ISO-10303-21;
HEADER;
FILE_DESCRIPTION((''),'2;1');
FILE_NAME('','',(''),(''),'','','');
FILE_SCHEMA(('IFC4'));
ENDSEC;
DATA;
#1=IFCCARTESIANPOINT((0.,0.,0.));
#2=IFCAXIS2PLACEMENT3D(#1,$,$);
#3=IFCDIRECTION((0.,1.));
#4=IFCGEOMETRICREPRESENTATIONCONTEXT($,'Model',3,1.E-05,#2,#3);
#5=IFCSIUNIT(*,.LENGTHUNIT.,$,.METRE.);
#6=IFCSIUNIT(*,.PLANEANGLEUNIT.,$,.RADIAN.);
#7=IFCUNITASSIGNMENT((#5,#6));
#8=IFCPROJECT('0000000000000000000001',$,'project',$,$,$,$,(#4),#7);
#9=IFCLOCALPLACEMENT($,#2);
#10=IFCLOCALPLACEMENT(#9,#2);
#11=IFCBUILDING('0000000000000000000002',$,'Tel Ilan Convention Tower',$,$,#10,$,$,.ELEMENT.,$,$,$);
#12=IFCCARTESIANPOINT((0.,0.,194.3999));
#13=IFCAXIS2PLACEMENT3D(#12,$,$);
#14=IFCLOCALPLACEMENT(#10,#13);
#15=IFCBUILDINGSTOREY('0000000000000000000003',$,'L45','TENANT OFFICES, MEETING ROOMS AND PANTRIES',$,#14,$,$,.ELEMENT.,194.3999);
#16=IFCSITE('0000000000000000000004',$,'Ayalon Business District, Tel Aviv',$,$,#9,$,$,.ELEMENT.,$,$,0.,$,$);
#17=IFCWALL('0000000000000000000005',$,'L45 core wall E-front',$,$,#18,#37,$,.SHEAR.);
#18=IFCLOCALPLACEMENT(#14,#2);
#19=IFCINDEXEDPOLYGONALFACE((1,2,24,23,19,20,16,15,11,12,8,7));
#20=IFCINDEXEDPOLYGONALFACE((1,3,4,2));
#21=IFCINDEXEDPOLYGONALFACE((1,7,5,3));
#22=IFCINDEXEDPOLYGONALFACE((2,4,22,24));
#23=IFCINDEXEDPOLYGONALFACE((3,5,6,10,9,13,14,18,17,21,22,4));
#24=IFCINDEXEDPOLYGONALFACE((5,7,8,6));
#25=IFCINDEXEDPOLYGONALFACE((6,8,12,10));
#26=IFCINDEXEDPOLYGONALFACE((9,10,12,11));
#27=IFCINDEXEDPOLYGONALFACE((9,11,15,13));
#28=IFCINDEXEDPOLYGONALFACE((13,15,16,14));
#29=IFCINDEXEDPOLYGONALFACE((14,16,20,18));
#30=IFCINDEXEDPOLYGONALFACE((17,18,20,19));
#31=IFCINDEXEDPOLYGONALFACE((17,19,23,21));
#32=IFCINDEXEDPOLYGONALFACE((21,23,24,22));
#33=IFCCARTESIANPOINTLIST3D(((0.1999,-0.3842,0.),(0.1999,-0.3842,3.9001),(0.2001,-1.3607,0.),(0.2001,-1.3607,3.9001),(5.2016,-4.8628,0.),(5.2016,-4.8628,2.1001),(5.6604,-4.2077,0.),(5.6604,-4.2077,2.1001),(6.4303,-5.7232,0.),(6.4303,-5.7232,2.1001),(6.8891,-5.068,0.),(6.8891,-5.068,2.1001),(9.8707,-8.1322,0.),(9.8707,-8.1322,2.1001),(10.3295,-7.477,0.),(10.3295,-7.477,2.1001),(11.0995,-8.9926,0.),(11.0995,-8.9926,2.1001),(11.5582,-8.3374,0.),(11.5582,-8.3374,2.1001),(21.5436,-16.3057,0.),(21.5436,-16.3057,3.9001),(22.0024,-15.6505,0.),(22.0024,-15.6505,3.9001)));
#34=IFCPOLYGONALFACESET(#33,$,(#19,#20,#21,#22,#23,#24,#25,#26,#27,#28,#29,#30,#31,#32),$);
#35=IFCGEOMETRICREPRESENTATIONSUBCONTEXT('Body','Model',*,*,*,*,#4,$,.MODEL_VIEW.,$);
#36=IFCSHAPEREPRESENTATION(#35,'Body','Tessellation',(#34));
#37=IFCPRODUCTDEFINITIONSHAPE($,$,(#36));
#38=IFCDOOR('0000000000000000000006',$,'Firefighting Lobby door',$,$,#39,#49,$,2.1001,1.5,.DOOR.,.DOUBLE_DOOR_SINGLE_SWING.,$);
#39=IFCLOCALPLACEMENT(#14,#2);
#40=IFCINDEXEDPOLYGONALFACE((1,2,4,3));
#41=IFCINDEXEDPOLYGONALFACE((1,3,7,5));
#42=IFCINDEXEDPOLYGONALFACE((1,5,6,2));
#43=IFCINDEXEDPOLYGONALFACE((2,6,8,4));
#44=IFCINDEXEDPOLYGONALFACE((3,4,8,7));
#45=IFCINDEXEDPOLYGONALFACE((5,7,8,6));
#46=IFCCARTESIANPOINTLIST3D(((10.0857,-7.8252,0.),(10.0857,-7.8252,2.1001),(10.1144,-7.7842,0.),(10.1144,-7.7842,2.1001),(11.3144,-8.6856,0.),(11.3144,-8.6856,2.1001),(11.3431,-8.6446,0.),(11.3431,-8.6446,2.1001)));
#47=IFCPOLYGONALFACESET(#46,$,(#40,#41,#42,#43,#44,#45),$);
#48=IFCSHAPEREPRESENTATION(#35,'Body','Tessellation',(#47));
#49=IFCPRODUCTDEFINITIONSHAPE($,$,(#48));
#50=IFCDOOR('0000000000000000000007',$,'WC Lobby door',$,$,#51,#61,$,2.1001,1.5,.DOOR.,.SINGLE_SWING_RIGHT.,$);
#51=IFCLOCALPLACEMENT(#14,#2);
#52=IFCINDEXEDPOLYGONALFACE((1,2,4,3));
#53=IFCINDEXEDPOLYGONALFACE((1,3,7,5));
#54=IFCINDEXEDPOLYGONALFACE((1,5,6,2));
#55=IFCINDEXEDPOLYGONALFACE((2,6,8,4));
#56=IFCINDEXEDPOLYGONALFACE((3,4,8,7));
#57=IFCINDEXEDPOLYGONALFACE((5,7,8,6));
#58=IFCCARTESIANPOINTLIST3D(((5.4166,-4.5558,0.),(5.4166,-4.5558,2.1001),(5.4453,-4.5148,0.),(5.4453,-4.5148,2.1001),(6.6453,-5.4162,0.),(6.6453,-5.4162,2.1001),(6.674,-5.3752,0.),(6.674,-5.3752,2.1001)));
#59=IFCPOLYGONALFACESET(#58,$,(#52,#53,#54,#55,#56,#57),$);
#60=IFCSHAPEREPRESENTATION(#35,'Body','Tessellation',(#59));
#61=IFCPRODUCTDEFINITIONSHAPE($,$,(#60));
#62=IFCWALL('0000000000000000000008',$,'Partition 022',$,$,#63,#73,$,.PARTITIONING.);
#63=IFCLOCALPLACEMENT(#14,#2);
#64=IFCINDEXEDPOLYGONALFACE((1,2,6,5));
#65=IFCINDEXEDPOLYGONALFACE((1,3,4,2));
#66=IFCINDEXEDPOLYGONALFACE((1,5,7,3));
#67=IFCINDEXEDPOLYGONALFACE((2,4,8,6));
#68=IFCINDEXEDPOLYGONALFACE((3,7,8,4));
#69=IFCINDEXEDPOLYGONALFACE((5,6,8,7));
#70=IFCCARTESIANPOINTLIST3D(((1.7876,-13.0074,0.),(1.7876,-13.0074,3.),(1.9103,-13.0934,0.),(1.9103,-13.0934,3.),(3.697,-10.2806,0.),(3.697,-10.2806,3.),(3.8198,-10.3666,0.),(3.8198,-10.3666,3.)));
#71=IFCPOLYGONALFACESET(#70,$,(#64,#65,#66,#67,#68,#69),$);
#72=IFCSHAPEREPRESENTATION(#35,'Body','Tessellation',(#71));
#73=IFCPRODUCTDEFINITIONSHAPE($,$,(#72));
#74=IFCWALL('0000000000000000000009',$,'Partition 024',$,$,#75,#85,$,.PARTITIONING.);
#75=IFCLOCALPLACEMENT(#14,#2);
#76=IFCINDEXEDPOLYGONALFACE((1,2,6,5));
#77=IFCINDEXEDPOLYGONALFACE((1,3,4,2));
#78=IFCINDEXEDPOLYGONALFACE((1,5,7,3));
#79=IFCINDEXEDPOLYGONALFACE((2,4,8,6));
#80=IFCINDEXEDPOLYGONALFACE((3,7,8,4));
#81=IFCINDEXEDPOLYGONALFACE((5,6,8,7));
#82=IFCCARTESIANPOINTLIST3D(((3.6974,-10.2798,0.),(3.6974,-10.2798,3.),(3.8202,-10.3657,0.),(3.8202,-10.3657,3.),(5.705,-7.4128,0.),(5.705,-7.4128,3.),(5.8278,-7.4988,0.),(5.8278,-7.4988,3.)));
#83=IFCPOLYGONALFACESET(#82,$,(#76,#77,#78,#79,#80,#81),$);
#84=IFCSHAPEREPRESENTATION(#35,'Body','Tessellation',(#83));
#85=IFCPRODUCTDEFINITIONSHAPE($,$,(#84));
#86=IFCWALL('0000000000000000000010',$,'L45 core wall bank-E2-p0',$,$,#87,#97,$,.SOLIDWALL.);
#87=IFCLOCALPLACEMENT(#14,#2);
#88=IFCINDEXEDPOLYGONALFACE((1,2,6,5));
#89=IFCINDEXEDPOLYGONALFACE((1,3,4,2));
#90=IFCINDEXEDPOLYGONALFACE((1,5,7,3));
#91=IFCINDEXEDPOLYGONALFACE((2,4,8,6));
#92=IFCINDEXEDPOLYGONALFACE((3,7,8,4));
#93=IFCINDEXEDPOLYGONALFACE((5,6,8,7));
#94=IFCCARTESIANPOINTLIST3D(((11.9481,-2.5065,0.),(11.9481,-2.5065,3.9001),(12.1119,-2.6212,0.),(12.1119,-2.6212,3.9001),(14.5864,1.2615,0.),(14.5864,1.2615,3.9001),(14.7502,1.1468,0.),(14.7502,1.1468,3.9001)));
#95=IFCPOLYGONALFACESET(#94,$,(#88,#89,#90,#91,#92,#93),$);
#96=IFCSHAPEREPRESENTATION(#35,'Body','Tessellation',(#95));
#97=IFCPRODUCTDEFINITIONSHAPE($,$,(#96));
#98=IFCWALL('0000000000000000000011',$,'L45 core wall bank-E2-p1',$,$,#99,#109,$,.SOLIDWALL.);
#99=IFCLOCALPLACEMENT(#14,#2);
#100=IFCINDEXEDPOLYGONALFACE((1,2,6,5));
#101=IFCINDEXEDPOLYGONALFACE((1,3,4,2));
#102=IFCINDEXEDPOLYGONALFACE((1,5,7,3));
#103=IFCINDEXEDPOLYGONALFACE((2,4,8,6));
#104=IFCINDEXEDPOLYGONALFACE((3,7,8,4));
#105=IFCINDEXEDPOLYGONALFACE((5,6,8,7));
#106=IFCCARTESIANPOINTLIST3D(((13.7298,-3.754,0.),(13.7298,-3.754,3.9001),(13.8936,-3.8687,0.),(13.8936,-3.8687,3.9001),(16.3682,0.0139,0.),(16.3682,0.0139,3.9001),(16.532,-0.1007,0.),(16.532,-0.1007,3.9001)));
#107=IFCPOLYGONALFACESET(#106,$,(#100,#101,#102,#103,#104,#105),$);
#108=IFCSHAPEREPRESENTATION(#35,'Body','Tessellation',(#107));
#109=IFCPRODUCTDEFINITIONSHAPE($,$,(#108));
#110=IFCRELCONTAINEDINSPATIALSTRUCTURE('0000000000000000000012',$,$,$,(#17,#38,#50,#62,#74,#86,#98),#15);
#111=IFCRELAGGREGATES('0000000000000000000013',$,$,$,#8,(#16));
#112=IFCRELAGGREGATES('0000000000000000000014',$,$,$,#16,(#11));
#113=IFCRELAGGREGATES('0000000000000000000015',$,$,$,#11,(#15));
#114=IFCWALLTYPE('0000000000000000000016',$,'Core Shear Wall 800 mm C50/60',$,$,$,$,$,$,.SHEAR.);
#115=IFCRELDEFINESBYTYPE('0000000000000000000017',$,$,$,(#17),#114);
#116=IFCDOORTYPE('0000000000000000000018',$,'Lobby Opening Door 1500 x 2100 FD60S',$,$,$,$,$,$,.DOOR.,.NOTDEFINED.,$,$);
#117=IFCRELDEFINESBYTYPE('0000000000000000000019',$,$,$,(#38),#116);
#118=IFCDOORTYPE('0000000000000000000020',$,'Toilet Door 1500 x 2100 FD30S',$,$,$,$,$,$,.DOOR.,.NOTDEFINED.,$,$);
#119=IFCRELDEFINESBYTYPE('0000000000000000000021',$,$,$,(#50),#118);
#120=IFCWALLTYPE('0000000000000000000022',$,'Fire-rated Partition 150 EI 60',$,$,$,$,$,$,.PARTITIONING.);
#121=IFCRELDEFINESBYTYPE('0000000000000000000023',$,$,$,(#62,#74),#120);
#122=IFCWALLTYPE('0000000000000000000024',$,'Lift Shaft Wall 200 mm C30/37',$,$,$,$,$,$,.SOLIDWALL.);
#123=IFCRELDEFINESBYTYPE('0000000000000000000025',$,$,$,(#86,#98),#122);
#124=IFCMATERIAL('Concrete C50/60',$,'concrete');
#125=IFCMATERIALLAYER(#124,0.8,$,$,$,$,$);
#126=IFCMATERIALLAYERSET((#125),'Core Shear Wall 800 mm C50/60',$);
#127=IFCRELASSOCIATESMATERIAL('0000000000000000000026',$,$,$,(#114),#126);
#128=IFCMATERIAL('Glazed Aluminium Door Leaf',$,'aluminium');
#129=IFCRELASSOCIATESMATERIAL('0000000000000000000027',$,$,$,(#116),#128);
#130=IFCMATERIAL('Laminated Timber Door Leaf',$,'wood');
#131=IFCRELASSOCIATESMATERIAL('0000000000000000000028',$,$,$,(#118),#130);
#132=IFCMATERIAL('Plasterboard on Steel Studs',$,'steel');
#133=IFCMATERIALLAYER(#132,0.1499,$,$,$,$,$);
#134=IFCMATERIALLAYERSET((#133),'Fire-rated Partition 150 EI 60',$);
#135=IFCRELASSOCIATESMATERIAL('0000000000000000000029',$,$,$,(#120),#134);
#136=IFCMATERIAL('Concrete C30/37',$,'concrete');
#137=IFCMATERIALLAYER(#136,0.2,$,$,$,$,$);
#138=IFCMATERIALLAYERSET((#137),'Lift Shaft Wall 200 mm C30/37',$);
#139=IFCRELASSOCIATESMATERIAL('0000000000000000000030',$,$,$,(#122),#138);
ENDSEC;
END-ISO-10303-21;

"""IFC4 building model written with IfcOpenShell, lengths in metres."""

from ifc_helpers import new_model, si_unit, direction, frame, frame_2d, origin, place, context, subcontext, project, spatial, polyline, rectangle, outline, extrude, material, layer, layer_set, type_object, element, fill, save


model = new_model("IFC4")

# Units and contexts
model_context = context("Model", 3, precision=1e-05, world=origin(), true_north=direction((0.0, 1.0)))
body_context = subcontext(model_context, "Body", "Model", "MODEL_VIEW")
ifc_project = project(units=[si_unit("LENGTHUNIT", "METRE"), si_unit("PLANEANGLEUNIT", "RADIAN")], contexts=[model_context])

# Site, building, storey
site_placement = place(None, origin())
site = spatial("IfcSite", under=ifc_project, at=site_placement, Name="Ayalon Business District, Tel Aviv", CompositionType="ELEMENT", RefElevation=0.0)
building_placement = place(site_placement, origin())
building = spatial("IfcBuilding", under=site, at=building_placement, Name="Tel Ilan Convention Tower", CompositionType="ELEMENT")
storey_placement = place(building_placement, frame((0.0, 0.0, 194.3999)))
storey = spatial("IfcBuildingStorey", under=building, at=storey_placement, Name="L45", Description="TENANT OFFICES, MEETING ROOMS AND PANTRIES", CompositionType="ELEMENT", Elevation=194.3999)

# Wall, openings, doors
ifc_material_1 = material(Name="Concrete C50/60", Category="concrete")
ifc_layer_1 = layer(ifc_material_1, 0.8)
ifc_layer_set_1 = layer_set([ifc_layer_1], Name="Core Shear Wall 800 mm C50/60")
wall_type_1 = type_object("IfcWallType", Name="Core Shear Wall 800 mm C50/60", PredefinedType="SHEAR", material=ifc_layer_set_1)
wall_1_placement = place(storey_placement, frame((-0.0293, -0.7119, 0.0), z_axis=(0.0, 0.0, 1.0), x_axis=(0.819152, -0.573577, 0.0)))
wall_1 = element("IfcWall", 1, at=wall_1_placement, inside=storey, type_object=wall_type_1, Name="L45 core wall E-front", PredefinedType="SHEAR", context=body_context, shape_type="SweptSolid", body=[
    extrude(outline(polyline([(26.6157, 0.3999), (-0.0002, 0.3999), (0.5601, -0.3999), (26.6157, -0.3999), (26.6157, 0.3999)])), origin(), (0.0, 0.0, 1.0), 3.9001),
])
opening_1_placement = place(wall_1_placement, frame((6.6658, 0.0, 0.0)))
opening_1 = element("IfcOpeningElement", 2, at=opening_1_placement, cuts=wall_1, PredefinedType="OPENING", context=body_context, shape_type="SweptSolid", body=[
    extrude(rectangle(XDim=1.5, YDim=2.1001, at=frame_2d((0.75, 1.05))), frame((0.0, 0.4099, 0.0), z_axis=(0.0, -1.0, 0.0), x_axis=(1.0, 0.0, 0.0)), (0.0, 0.0, 1.0), 0.8201),
])
opening_2_placement = place(wall_1_placement, frame((12.3657, 0.0, 0.0)))
opening_2 = element("IfcOpeningElement", 3, at=opening_2_placement, cuts=wall_1, PredefinedType="OPENING", context=body_context, shape_type="SweptSolid", body=[
    extrude(rectangle(XDim=1.5, YDim=2.1001, at=frame_2d((0.75, 1.05))), frame((0.0, 0.4099, 0.0), z_axis=(0.0, -1.0, 0.0), x_axis=(1.0, 0.0, 0.0)), (0.0, 0.0, 1.0), 0.8201),
])
ifc_material_2 = material(Name="Glazed Aluminium Door Leaf", Category="aluminium")
door_type_1 = type_object("IfcDoorType", Name="Lobby Opening Door 1500 x 2100 FD60S", OperationType="NOTDEFINED", PredefinedType="DOOR", material=ifc_material_2)
door_1_placement = place(opening_2_placement, origin())
door_1 = element("IfcDoor", 4, at=door_1_placement, inside=storey, type_object=door_type_1, Name="Firefighting Lobby door", OperationType="DOUBLE_DOOR_SINGLE_SWING", OverallHeight=2.1001, OverallWidth=1.5, PredefinedType="DOOR", context=body_context, shape_type="SweptSolid", body=[
    extrude(rectangle(XDim=1.5, YDim=2.1001, at=frame_2d((0.75, 1.05))), frame((0.0, 0.0249, 0.0), z_axis=(0.0, -1.0, 0.0), x_axis=(1.0, 0.0, 0.0)), (0.0, 0.0, 1.0), 0.05),
])
fill(opening_2, door_1)
ifc_material_3 = material(Name="Laminated Timber Door Leaf", Category="wood")
door_type_2 = type_object("IfcDoorType", Name="Toilet Door 1500 x 2100 FD30S", OperationType="NOTDEFINED", PredefinedType="DOOR", material=ifc_material_3)
door_2_placement = place(opening_1_placement, origin())
door_2 = element("IfcDoor", 5, at=door_2_placement, inside=storey, type_object=door_type_2, Name="WC Lobby door", OperationType="SINGLE_SWING_RIGHT", OverallHeight=2.1001, OverallWidth=1.5, PredefinedType="DOOR", context=body_context, shape_type="SweptSolid", body=[
    extrude(rectangle(XDim=1.5, YDim=2.1001, at=frame_2d((0.75, 1.05))), frame((0.0, 0.0249, 0.0), z_axis=(0.0, -1.0, 0.0), x_axis=(1.0, 0.0, 0.0)), (0.0, 0.0, 1.0), 0.05),
])
fill(opening_1, door_2)

# Walls
ifc_material_4 = material(Name="Plasterboard on Steel Studs", Category="steel")
ifc_layer_2 = layer(ifc_material_4, 0.1499)
ifc_layer_set_2 = layer_set([ifc_layer_2], Name="Fire-rated Partition 150 EI 60")
wall_type_2 = type_object("IfcWallType", Name="Fire-rated Partition 150 EI 60", PredefinedType="PARTITIONING", material=ifc_layer_set_2)
wall_2_placement = place(storey_placement, frame((1.8489, -13.0505, 0.0), z_axis=(0.0, 0.0, 1.0), x_axis=(0.573595, 0.819139, 0.0)))
element("IfcWall", 6, at=wall_2_placement, inside=storey, type_object=wall_type_2, Name="Partition 022", PredefinedType="PARTITIONING", context=body_context, shape_type="SweptSolid", body=[
    extrude(rectangle(XDim=3.3289, YDim=0.1499, at=frame_2d((1.6646, 0.0))), origin(), (0.0, 0.0, 1.0), 3.0),
])
wall_3_placement = place(storey_placement, frame((3.7588, -10.3228, 0.0), z_axis=(0.0, 0.0, 1.0), x_axis=(0.573598, 0.819137, 0.0)))
element("IfcWall", 7, at=wall_3_placement, inside=storey, type_object=wall_type_2, Name="Partition 024", PredefinedType="PARTITIONING", context=body_context, shape_type="SweptSolid", body=[
    extrude(rectangle(XDim=3.5, YDim=0.1499, at=frame_2d((1.75, 0.0))), origin(), (0.0, 0.0, 1.0), 3.0),
])
ifc_material_5 = material(Name="Concrete C30/37", Category="concrete")
ifc_layer_3 = layer(ifc_material_5, 0.2)
ifc_layer_set_3 = layer_set([ifc_layer_3], Name="Lift Shaft Wall 200 mm C30/37")
wall_type_3 = type_object("IfcWallType", Name="Lift Shaft Wall 200 mm C30/37", PredefinedType="SOLIDWALL", material=ifc_layer_set_3)
for number, where, z_axis, x_axis, name in (
    (8, (12.03, -2.5637, 0.0), (0.0, 0.0, 1.0), (0.573576, 0.819152, 0.0), "L45 core wall bank-E2-p0"),
    (9, (13.8118, -3.8113, 0.0), (0.0, 0.0, 1.0), (0.573576, 0.819152, 0.0), "L45 core wall bank-E2-p1"),
):
    element("IfcWall", number, at=place(storey_placement, frame(where, z_axis=z_axis, x_axis=x_axis)), inside=storey, type_object=wall_type_3, Name=name, PredefinedType="SOLIDWALL", context=body_context, shape_type="SweptSolid", body=[
        extrude(rectangle(XDim=4.5999, YDim=0.2, at=frame_2d((2.2998, 0.0))), origin(), (0.0, 0.0, 1.0), 3.9001),
    ])

save(model, "model.ifc")
